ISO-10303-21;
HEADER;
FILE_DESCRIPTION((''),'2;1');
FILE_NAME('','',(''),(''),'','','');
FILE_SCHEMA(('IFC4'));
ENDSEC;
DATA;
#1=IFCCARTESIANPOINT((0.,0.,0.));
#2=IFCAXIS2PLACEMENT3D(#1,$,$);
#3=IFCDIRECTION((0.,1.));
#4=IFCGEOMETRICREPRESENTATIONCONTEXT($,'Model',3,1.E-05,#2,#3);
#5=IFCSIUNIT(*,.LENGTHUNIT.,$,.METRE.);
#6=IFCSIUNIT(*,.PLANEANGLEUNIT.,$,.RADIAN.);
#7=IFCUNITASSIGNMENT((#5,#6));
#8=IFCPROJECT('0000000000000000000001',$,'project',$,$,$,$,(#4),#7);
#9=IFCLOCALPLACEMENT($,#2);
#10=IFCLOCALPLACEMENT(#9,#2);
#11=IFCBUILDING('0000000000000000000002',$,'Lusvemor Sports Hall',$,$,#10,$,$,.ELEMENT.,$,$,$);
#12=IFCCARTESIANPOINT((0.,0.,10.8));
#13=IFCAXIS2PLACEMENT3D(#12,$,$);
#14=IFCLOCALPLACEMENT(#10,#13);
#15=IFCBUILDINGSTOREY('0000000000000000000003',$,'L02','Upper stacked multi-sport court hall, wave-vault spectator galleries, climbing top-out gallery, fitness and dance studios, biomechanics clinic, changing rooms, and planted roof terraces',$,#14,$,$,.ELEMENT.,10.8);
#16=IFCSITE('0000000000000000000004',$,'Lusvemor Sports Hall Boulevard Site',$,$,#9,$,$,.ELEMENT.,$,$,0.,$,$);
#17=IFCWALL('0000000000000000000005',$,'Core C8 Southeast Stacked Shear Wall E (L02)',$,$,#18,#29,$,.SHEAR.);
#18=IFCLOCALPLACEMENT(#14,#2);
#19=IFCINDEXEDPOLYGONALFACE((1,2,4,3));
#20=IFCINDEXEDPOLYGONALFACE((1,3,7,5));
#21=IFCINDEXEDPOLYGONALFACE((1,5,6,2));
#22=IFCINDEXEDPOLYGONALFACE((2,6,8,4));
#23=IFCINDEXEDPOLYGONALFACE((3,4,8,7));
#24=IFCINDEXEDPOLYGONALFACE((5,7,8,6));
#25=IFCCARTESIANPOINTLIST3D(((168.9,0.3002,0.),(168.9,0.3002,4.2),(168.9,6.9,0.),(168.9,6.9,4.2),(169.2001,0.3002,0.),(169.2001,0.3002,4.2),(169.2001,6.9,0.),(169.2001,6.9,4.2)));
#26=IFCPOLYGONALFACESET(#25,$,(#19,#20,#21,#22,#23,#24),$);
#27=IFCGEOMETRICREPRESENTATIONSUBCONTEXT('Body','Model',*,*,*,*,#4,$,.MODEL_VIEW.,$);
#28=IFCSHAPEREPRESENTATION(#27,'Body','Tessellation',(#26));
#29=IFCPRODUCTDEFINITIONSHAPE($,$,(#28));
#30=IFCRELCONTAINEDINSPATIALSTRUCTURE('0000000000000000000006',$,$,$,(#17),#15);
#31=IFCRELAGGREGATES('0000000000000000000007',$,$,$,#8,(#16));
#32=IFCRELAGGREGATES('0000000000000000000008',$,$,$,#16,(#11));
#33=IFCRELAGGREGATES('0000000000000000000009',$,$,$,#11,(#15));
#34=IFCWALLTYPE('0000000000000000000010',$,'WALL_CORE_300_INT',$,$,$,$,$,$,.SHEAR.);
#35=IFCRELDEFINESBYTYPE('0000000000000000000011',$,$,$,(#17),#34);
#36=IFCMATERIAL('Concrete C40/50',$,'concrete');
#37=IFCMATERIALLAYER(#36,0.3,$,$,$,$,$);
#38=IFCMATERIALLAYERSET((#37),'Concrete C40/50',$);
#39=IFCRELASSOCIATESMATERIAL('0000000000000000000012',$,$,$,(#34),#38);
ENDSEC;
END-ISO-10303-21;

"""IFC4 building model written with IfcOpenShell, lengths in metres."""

from ifc_helpers import new_model, si_unit, direction, frame, frame_2d, origin, place, context, subcontext, project, spatial, rectangle, extrude, material, layer, layer_set, type_object, element, save


model = new_model("IFC4")

# Units and contexts
model_context = context("Model", 3, precision=1e-05, world=origin(), true_north=direction((0.0, 1.0)))
body_context = subcontext(model_context, "Body", "Model", "MODEL_VIEW")
ifc_project = project(units=[si_unit("LENGTHUNIT", "METRE"), si_unit("PLANEANGLEUNIT", "RADIAN")], contexts=[model_context])

# Site, building, storey
site_placement = place(None, origin())
site = spatial("IfcSite", under=ifc_project, at=site_placement, Name="Lusvemor Sports Hall Boulevard Site", CompositionType="ELEMENT", RefElevation=0.0)
building_placement = place(site_placement, origin())
building = spatial("IfcBuilding", under=site, at=building_placement, Name="Lusvemor Sports Hall", CompositionType="ELEMENT")
storey_placement = place(building_placement, frame((0.0, 0.0, 10.8)))
storey = spatial("IfcBuildingStorey", under=building, at=storey_placement, Name="L02", Description="Upper stacked multi-sport court hall, wave-vault spectator galleries, climbing top-out gallery, fitness and dance studios, biomechanics clinic, changing rooms, and planted roof terraces", CompositionType="ELEMENT", Elevation=10.8)

# Wall
ifc_material_1 = material(Name="Concrete C40/50", Category="concrete")
ifc_layer_1 = layer(ifc_material_1, 0.3)
ifc_layer_set_1 = layer_set([ifc_layer_1], Name="Concrete C40/50")
wall_type = type_object("IfcWallType", Name="WALL_CORE_300_INT", PredefinedType="SHEAR", material=ifc_layer_set_1)
wall_placement = place(storey_placement, frame((169.05, 6.8999, 0.0), z_axis=(0.0, 0.0, 1.0), x_axis=(0.0, -1.0, 0.0)))
element("IfcWall", 1, at=wall_placement, inside=storey, type_object=wall_type, Name="Core C8 Southeast Stacked Shear Wall E (L02)", PredefinedType="SHEAR", context=body_context, shape_type="SweptSolid", body=[
    extrude(rectangle(XDim=6.5999, YDim=0.3, at=frame_2d((3.2998, 0.0))), origin(), (0.0, 0.0, 1.0), 4.2),
])

save(model, "model.ifc")
